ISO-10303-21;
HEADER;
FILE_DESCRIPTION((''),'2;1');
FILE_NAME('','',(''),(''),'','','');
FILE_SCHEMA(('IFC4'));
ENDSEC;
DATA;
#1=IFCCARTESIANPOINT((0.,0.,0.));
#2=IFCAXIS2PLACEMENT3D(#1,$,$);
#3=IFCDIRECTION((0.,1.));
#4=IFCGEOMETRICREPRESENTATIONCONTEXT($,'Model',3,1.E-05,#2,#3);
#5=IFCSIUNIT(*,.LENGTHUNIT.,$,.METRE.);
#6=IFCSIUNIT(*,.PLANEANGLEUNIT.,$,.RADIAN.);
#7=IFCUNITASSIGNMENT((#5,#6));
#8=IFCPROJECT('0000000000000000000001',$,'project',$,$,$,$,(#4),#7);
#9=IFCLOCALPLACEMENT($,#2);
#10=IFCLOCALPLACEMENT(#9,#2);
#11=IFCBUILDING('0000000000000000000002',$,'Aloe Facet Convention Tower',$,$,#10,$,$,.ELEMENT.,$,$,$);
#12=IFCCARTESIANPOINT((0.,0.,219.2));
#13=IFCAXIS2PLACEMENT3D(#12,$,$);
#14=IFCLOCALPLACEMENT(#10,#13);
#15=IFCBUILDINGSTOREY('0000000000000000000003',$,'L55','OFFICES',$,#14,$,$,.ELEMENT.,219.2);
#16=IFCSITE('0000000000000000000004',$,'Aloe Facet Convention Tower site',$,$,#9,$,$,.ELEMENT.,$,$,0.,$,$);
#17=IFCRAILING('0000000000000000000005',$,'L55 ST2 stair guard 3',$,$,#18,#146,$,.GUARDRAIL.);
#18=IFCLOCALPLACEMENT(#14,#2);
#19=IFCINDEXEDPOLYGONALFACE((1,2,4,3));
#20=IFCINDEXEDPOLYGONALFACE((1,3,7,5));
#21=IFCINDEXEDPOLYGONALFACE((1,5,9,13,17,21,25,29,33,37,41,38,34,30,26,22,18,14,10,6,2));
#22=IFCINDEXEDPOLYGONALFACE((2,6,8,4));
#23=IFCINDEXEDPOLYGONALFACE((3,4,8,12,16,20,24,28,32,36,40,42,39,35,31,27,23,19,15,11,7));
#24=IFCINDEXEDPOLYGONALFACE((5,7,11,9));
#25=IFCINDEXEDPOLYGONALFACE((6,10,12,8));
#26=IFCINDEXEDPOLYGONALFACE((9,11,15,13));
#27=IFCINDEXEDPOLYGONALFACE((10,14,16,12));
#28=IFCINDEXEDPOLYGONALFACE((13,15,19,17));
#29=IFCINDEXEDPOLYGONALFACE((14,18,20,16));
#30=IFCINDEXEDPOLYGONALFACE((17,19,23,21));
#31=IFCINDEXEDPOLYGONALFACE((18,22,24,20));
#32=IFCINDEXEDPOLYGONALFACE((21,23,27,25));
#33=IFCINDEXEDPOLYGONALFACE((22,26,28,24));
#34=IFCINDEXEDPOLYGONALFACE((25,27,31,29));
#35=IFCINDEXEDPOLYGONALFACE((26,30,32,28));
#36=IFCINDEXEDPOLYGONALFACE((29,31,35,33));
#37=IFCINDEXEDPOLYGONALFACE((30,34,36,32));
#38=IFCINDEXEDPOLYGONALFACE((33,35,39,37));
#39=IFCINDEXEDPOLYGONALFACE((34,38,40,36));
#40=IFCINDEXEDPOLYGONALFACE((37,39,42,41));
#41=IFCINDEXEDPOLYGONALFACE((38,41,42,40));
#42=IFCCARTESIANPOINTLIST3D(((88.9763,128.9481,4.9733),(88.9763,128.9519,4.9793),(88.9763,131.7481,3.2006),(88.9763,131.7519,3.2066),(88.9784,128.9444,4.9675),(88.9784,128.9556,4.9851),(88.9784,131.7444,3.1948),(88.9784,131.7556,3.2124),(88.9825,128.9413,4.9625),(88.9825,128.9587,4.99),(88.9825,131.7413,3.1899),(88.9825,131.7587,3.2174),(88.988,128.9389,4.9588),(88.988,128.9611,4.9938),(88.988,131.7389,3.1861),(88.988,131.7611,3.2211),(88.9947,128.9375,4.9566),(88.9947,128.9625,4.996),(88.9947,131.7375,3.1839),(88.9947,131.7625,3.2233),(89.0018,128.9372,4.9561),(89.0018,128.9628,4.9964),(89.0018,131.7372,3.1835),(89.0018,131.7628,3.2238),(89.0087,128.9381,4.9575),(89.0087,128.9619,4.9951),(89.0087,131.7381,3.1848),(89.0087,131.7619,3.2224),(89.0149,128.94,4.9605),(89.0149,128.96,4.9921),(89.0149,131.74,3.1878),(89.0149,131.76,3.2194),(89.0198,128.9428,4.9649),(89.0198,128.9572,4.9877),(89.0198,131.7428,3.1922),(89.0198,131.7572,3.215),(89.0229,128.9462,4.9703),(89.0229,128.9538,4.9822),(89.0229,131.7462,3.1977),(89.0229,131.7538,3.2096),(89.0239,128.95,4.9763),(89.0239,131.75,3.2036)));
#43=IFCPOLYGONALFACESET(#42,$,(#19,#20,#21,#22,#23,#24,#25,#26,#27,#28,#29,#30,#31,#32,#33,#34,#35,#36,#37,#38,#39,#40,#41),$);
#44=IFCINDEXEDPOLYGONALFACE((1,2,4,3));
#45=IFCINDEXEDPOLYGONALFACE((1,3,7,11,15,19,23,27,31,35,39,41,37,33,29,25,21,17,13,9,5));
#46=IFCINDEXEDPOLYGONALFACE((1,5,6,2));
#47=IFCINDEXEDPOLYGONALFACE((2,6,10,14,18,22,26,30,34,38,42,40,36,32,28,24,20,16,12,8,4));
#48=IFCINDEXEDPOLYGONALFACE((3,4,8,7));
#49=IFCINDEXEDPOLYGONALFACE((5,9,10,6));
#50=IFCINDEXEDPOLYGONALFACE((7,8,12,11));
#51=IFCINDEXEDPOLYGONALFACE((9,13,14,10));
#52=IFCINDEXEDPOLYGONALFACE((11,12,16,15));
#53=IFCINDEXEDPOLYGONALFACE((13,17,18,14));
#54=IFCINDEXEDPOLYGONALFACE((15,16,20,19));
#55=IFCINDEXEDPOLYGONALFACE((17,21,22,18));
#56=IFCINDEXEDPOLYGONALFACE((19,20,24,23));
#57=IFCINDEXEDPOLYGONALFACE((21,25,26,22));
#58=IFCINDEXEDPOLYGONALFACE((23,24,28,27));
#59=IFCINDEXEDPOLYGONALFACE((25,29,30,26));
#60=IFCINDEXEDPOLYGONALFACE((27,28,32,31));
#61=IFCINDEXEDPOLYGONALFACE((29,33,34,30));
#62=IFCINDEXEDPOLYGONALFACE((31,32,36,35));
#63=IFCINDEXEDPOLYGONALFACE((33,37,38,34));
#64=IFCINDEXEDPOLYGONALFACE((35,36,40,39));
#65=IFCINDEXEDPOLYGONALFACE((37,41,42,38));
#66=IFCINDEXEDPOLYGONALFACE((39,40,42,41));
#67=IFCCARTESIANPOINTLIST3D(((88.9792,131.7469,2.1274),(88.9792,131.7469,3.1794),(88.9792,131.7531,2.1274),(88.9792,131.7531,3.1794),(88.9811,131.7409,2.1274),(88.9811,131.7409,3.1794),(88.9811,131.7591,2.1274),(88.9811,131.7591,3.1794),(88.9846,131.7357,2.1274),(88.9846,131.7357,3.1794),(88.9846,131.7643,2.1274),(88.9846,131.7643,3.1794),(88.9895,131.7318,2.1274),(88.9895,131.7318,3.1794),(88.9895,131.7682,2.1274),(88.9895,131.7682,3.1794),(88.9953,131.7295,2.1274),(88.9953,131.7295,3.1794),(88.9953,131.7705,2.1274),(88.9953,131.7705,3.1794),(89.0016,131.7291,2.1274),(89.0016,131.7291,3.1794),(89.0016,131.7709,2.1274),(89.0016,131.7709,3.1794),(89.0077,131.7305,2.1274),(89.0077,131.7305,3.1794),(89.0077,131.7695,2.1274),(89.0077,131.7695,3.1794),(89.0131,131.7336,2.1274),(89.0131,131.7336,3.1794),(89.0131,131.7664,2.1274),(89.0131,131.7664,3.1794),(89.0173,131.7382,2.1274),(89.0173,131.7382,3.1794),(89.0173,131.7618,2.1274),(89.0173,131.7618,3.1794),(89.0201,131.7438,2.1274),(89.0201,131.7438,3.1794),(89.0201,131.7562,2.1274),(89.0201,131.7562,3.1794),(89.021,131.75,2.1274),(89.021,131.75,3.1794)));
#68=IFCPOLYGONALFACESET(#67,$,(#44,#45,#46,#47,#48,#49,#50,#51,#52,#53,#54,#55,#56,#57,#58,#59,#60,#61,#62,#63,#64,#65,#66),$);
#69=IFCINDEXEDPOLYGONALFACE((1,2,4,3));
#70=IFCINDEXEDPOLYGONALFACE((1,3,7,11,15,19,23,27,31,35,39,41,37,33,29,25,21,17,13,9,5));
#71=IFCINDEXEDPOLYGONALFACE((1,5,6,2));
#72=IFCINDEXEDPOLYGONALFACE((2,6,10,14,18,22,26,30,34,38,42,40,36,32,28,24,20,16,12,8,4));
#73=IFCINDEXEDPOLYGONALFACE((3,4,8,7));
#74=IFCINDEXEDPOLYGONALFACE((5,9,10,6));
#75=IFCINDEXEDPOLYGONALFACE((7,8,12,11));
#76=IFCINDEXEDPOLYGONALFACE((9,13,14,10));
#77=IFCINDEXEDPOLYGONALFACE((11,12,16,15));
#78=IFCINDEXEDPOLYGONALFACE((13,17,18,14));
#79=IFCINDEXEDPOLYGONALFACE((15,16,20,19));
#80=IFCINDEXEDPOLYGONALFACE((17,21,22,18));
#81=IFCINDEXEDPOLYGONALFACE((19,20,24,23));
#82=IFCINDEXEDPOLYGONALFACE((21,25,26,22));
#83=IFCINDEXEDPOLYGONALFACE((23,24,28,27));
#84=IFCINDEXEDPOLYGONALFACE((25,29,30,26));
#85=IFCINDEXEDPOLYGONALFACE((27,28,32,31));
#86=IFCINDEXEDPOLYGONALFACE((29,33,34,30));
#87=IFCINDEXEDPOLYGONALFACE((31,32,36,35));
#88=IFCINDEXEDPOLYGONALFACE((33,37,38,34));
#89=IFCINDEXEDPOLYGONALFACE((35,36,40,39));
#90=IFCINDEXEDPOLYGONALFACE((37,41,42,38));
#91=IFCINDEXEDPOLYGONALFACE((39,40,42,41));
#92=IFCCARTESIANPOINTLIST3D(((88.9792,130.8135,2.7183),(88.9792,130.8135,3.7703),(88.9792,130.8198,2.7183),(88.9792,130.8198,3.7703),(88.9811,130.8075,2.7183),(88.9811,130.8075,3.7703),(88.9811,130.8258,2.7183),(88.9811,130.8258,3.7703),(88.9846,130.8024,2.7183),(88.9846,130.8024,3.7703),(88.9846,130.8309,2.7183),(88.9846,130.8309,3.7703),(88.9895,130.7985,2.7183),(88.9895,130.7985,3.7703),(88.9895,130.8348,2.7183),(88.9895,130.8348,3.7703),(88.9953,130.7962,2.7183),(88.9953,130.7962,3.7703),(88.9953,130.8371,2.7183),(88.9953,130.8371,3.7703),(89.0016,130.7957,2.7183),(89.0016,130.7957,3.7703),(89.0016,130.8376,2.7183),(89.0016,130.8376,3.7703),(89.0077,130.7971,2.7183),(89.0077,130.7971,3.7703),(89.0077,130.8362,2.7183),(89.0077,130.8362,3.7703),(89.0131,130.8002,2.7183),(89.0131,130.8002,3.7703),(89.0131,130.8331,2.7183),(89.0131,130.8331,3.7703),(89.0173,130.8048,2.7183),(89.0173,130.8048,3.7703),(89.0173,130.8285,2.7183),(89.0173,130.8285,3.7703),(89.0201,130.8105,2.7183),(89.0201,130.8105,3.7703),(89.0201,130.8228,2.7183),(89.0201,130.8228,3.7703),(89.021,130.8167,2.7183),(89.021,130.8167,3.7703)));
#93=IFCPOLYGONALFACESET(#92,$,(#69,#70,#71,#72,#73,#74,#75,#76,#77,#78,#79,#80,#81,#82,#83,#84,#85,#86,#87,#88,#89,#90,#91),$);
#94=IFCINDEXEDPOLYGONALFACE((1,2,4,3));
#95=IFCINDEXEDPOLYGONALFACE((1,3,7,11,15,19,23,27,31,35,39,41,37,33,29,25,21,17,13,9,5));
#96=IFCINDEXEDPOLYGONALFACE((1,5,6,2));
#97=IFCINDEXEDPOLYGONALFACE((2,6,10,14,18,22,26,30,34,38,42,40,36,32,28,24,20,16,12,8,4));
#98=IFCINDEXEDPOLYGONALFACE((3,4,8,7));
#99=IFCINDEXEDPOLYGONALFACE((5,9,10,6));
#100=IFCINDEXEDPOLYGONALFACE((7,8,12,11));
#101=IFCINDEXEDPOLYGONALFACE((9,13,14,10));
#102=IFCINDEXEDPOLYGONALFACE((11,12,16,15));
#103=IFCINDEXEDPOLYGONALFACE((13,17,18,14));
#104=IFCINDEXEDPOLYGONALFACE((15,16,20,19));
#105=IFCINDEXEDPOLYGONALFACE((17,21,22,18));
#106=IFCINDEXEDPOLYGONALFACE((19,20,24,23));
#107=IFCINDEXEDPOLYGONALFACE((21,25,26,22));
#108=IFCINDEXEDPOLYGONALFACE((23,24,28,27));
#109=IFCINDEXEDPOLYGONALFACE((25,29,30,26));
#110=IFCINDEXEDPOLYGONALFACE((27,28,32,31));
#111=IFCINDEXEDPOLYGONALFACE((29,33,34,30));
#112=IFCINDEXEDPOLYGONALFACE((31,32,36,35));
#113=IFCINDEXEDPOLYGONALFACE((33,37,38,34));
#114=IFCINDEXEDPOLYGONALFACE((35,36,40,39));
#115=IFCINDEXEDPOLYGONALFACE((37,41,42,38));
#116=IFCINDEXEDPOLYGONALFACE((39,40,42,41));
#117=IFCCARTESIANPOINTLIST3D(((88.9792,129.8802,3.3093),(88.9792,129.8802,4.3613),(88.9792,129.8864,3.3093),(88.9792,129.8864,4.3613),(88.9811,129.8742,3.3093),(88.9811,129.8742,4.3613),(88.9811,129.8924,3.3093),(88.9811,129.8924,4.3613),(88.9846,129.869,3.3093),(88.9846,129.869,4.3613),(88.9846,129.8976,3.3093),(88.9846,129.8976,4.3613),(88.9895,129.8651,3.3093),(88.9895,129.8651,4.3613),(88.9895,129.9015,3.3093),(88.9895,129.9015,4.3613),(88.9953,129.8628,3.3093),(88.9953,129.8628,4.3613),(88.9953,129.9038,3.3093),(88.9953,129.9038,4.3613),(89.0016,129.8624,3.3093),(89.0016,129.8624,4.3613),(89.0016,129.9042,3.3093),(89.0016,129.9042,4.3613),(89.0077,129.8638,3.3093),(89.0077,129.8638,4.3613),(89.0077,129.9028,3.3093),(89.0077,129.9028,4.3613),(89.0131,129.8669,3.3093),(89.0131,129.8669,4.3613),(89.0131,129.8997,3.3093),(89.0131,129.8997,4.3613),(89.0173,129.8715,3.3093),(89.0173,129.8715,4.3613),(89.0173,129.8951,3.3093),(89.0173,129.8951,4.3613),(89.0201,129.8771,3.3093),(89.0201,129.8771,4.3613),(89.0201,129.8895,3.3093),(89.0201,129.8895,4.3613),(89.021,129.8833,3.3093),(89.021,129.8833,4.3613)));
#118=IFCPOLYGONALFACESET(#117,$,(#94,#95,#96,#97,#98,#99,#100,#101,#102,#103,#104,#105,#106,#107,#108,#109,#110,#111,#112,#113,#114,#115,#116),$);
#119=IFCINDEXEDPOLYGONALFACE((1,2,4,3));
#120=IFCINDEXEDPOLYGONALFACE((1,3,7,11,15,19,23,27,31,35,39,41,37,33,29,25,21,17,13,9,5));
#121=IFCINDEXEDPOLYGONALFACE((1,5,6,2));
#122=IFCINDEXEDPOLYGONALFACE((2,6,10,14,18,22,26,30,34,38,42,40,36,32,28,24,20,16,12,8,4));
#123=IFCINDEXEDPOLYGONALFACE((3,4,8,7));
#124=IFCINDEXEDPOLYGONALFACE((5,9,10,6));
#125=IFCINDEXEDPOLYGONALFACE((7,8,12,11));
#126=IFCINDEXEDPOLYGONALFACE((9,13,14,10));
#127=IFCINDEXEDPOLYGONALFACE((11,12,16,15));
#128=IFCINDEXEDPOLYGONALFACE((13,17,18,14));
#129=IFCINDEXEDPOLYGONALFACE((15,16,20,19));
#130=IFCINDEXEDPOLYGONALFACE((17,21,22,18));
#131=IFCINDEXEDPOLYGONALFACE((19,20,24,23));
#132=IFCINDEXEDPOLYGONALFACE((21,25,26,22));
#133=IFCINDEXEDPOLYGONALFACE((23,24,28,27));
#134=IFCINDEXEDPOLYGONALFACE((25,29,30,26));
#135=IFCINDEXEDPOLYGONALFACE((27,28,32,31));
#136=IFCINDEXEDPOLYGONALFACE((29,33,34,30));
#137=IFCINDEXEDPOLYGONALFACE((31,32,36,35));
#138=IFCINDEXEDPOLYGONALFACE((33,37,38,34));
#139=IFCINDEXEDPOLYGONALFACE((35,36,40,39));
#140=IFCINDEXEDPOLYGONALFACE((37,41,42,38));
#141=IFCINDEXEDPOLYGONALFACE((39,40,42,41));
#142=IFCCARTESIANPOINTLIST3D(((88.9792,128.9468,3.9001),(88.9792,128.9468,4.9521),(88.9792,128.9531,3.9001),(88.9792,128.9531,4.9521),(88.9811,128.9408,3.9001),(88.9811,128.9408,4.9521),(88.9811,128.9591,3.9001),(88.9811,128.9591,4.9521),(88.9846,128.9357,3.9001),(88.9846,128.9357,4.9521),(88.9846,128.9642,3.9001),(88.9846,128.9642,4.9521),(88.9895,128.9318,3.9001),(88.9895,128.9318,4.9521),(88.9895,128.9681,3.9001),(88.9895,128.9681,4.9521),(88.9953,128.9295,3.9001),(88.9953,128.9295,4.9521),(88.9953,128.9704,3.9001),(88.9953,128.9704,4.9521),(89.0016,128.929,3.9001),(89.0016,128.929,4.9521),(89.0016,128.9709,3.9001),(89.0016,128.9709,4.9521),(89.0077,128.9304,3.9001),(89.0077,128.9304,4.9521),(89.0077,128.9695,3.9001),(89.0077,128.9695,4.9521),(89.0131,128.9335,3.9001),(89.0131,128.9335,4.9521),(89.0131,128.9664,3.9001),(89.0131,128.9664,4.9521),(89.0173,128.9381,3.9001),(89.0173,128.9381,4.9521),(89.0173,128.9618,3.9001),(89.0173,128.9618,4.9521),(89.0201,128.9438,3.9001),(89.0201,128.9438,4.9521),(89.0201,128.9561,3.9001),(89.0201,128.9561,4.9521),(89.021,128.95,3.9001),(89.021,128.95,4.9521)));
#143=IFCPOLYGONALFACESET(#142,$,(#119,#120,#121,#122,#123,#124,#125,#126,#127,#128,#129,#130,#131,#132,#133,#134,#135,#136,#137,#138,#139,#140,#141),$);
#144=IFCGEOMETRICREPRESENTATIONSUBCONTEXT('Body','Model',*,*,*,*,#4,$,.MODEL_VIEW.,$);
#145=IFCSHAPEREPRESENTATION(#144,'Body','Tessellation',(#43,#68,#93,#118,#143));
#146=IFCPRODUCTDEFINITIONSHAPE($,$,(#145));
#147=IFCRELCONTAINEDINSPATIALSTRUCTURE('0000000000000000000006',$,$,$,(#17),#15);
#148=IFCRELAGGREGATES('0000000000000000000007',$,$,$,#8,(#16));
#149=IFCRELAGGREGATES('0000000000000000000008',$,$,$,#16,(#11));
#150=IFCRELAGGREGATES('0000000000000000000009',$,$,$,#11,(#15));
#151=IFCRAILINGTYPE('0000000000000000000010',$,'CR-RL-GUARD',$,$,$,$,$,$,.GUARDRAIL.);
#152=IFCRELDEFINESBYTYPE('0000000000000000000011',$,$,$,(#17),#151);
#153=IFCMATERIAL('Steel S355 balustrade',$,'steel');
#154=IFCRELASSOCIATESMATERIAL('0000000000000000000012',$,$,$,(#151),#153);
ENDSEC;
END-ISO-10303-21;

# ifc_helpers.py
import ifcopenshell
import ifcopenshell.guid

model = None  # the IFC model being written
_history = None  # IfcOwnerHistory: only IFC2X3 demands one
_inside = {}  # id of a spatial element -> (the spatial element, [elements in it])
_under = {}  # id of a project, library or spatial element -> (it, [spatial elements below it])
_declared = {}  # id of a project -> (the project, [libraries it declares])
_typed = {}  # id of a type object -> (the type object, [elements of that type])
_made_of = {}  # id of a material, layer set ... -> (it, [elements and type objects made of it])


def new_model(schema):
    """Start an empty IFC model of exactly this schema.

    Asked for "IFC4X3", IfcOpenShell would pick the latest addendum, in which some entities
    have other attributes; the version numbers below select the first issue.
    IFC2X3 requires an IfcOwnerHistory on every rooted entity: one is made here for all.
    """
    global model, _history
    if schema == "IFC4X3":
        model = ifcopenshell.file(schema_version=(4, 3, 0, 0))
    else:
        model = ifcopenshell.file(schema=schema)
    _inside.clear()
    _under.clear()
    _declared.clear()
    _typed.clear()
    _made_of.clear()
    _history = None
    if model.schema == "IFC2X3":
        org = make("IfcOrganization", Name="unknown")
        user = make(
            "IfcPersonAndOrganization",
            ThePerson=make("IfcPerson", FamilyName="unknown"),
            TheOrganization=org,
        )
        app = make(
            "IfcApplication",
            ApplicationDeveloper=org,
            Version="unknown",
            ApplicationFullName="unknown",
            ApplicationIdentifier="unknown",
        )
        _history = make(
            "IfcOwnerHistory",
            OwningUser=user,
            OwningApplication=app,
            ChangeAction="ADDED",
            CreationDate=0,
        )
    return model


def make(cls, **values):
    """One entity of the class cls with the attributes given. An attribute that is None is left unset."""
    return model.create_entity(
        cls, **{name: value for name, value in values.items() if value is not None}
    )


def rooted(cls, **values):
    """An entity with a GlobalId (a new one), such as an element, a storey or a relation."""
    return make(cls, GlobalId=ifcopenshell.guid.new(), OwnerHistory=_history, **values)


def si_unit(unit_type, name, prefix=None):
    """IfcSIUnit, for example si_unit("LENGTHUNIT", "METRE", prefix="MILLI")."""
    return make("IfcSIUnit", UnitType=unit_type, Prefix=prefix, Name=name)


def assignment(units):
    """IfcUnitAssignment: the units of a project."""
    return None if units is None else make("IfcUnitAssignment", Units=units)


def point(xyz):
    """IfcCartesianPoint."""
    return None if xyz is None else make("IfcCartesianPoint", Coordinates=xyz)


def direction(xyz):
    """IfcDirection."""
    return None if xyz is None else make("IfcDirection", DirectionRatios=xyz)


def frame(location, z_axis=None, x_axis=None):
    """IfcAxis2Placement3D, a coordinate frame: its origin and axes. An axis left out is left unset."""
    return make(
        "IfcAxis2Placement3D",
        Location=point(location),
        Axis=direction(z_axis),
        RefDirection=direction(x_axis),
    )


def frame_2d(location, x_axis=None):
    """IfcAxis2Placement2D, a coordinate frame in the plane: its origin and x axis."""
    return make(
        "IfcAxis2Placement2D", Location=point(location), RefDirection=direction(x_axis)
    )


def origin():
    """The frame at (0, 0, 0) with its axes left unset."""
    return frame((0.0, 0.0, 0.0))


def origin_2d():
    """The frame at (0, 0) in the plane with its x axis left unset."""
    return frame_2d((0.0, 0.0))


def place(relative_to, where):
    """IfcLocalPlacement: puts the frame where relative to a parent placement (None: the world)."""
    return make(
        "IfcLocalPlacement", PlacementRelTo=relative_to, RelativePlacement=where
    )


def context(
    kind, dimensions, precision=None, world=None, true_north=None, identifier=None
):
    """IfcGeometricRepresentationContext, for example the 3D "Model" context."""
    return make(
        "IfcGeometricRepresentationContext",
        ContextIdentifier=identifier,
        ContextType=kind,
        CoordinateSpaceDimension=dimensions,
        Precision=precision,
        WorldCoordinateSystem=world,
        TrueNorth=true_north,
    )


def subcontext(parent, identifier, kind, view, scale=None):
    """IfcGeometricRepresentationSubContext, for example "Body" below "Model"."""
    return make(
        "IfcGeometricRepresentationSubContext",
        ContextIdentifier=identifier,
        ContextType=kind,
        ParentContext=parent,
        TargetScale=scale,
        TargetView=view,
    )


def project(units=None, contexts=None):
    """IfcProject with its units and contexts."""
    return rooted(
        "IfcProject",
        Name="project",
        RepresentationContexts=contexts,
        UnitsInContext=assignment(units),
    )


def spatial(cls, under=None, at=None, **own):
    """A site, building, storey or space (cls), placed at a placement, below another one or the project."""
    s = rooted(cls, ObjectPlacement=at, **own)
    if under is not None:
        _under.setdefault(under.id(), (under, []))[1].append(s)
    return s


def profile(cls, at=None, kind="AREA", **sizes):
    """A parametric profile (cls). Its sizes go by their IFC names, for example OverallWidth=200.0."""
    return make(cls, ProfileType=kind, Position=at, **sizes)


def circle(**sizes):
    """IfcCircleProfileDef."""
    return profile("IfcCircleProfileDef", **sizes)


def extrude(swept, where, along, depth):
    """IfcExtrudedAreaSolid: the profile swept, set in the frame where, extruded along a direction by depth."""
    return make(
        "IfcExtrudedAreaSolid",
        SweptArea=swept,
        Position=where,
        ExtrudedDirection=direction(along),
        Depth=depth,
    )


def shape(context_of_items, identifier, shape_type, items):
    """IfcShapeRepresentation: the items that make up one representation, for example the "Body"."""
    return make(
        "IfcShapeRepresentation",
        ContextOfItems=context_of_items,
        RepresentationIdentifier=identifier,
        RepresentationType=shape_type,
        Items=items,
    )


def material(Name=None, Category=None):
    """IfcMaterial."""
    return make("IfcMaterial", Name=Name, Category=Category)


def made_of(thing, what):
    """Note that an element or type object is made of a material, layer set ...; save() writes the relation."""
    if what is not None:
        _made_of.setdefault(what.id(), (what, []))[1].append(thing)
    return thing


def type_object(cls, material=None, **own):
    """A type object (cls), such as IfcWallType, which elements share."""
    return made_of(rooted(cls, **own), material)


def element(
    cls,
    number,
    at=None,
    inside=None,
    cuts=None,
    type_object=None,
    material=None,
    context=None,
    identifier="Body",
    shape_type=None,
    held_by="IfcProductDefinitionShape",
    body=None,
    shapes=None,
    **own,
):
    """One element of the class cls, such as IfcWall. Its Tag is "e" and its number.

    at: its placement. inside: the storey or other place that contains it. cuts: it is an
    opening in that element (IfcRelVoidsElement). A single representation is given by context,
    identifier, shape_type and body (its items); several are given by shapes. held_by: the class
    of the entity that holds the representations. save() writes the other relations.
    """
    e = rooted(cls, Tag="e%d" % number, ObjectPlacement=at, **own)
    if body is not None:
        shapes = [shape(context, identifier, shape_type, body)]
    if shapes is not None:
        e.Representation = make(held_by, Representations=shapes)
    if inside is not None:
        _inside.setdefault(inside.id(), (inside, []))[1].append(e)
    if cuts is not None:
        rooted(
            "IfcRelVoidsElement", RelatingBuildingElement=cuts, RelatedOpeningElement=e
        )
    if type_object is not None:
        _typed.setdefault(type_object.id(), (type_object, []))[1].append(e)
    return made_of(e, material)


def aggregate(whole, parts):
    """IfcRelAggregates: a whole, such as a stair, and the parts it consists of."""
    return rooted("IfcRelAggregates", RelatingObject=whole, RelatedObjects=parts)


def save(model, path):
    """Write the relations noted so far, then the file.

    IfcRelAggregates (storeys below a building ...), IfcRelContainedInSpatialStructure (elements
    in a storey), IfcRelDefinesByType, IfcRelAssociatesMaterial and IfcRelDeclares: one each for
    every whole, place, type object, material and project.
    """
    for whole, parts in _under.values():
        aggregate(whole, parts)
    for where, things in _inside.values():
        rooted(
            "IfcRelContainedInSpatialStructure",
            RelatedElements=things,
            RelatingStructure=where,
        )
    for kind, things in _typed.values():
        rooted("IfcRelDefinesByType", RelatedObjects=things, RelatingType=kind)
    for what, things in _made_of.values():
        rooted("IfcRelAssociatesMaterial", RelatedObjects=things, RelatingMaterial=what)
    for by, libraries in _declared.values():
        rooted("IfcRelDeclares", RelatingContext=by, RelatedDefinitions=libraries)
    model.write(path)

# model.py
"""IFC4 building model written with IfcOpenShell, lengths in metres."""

from ifc_helpers import new_model, si_unit, direction, frame, origin, origin_2d, place, context, subcontext, project, spatial, circle, extrude, material, type_object, element, save


model = new_model("IFC4")

# Units and contexts
model_context = context("Model", 3, precision=1e-05, world=origin(), true_north=direction((0.0, 1.0)))
body_context = subcontext(model_context, "Body", "Model", "MODEL_VIEW")
ifc_project = project(units=[si_unit("LENGTHUNIT", "METRE"), si_unit("PLANEANGLEUNIT", "RADIAN")], contexts=[model_context])

# Site, building, storey
site_placement = place(None, origin())
site = spatial("IfcSite", under=ifc_project, at=site_placement, Name="Aloe Facet Convention Tower site", CompositionType="ELEMENT", RefElevation=0.0)
building_placement = place(site_placement, origin())
building = spatial("IfcBuilding", under=site, at=building_placement, Name="Aloe Facet Convention Tower", CompositionType="ELEMENT")
storey_placement = place(building_placement, frame((0.0, 0.0, 219.2)))
storey = spatial("IfcBuildingStorey", under=building, at=storey_placement, Name="L55", Description="OFFICES", CompositionType="ELEMENT", Elevation=219.2)

# Railing
ifc_material_1 = material(Name="Steel S355 balustrade", Category="steel")
railing_type = type_object("IfcRailingType", Name="CR-RL-GUARD", PredefinedType="GUARDRAIL", material=ifc_material_1)
railing_1_placement = place(storey_placement, frame((89.0, 131.75, 2.1274)))
element("IfcRailing", 1, at=railing_1_placement, inside=storey, type_object=railing_type, Name="L55 ST2 stair guard 3", PredefinedType="GUARDRAIL", context=body_context, shape_type="SweptSolid", body=[
    extrude(circle(Radius=0.0239, at=origin_2d()), frame((0.0, 0.0, 1.0762), z_axis=(0.0, -0.844909, 0.53491), x_axis=(1.0, 0.0, 0.0)), (0.0, 0.0, 1.0), 3.314),
    extrude(circle(Radius=0.021, at=origin_2d()), origin(), (0.0, 0.0, 1.0), 1.052),
    extrude(circle(Radius=0.021, at=origin_2d()), frame((0.0, -0.9333, 0.5908)), (0.0, 0.0, 1.0), 1.052),
    extrude(circle(Radius=0.021, at=origin_2d()), frame((0.0, -1.8667, 1.1819)), (0.0, 0.0, 1.0), 1.052),
    extrude(circle(Radius=0.021, at=origin_2d()), frame((0.0, -2.8, 1.7727)), (0.0, 0.0, 1.0), 1.052),
])

save(model, "model.ifc")
